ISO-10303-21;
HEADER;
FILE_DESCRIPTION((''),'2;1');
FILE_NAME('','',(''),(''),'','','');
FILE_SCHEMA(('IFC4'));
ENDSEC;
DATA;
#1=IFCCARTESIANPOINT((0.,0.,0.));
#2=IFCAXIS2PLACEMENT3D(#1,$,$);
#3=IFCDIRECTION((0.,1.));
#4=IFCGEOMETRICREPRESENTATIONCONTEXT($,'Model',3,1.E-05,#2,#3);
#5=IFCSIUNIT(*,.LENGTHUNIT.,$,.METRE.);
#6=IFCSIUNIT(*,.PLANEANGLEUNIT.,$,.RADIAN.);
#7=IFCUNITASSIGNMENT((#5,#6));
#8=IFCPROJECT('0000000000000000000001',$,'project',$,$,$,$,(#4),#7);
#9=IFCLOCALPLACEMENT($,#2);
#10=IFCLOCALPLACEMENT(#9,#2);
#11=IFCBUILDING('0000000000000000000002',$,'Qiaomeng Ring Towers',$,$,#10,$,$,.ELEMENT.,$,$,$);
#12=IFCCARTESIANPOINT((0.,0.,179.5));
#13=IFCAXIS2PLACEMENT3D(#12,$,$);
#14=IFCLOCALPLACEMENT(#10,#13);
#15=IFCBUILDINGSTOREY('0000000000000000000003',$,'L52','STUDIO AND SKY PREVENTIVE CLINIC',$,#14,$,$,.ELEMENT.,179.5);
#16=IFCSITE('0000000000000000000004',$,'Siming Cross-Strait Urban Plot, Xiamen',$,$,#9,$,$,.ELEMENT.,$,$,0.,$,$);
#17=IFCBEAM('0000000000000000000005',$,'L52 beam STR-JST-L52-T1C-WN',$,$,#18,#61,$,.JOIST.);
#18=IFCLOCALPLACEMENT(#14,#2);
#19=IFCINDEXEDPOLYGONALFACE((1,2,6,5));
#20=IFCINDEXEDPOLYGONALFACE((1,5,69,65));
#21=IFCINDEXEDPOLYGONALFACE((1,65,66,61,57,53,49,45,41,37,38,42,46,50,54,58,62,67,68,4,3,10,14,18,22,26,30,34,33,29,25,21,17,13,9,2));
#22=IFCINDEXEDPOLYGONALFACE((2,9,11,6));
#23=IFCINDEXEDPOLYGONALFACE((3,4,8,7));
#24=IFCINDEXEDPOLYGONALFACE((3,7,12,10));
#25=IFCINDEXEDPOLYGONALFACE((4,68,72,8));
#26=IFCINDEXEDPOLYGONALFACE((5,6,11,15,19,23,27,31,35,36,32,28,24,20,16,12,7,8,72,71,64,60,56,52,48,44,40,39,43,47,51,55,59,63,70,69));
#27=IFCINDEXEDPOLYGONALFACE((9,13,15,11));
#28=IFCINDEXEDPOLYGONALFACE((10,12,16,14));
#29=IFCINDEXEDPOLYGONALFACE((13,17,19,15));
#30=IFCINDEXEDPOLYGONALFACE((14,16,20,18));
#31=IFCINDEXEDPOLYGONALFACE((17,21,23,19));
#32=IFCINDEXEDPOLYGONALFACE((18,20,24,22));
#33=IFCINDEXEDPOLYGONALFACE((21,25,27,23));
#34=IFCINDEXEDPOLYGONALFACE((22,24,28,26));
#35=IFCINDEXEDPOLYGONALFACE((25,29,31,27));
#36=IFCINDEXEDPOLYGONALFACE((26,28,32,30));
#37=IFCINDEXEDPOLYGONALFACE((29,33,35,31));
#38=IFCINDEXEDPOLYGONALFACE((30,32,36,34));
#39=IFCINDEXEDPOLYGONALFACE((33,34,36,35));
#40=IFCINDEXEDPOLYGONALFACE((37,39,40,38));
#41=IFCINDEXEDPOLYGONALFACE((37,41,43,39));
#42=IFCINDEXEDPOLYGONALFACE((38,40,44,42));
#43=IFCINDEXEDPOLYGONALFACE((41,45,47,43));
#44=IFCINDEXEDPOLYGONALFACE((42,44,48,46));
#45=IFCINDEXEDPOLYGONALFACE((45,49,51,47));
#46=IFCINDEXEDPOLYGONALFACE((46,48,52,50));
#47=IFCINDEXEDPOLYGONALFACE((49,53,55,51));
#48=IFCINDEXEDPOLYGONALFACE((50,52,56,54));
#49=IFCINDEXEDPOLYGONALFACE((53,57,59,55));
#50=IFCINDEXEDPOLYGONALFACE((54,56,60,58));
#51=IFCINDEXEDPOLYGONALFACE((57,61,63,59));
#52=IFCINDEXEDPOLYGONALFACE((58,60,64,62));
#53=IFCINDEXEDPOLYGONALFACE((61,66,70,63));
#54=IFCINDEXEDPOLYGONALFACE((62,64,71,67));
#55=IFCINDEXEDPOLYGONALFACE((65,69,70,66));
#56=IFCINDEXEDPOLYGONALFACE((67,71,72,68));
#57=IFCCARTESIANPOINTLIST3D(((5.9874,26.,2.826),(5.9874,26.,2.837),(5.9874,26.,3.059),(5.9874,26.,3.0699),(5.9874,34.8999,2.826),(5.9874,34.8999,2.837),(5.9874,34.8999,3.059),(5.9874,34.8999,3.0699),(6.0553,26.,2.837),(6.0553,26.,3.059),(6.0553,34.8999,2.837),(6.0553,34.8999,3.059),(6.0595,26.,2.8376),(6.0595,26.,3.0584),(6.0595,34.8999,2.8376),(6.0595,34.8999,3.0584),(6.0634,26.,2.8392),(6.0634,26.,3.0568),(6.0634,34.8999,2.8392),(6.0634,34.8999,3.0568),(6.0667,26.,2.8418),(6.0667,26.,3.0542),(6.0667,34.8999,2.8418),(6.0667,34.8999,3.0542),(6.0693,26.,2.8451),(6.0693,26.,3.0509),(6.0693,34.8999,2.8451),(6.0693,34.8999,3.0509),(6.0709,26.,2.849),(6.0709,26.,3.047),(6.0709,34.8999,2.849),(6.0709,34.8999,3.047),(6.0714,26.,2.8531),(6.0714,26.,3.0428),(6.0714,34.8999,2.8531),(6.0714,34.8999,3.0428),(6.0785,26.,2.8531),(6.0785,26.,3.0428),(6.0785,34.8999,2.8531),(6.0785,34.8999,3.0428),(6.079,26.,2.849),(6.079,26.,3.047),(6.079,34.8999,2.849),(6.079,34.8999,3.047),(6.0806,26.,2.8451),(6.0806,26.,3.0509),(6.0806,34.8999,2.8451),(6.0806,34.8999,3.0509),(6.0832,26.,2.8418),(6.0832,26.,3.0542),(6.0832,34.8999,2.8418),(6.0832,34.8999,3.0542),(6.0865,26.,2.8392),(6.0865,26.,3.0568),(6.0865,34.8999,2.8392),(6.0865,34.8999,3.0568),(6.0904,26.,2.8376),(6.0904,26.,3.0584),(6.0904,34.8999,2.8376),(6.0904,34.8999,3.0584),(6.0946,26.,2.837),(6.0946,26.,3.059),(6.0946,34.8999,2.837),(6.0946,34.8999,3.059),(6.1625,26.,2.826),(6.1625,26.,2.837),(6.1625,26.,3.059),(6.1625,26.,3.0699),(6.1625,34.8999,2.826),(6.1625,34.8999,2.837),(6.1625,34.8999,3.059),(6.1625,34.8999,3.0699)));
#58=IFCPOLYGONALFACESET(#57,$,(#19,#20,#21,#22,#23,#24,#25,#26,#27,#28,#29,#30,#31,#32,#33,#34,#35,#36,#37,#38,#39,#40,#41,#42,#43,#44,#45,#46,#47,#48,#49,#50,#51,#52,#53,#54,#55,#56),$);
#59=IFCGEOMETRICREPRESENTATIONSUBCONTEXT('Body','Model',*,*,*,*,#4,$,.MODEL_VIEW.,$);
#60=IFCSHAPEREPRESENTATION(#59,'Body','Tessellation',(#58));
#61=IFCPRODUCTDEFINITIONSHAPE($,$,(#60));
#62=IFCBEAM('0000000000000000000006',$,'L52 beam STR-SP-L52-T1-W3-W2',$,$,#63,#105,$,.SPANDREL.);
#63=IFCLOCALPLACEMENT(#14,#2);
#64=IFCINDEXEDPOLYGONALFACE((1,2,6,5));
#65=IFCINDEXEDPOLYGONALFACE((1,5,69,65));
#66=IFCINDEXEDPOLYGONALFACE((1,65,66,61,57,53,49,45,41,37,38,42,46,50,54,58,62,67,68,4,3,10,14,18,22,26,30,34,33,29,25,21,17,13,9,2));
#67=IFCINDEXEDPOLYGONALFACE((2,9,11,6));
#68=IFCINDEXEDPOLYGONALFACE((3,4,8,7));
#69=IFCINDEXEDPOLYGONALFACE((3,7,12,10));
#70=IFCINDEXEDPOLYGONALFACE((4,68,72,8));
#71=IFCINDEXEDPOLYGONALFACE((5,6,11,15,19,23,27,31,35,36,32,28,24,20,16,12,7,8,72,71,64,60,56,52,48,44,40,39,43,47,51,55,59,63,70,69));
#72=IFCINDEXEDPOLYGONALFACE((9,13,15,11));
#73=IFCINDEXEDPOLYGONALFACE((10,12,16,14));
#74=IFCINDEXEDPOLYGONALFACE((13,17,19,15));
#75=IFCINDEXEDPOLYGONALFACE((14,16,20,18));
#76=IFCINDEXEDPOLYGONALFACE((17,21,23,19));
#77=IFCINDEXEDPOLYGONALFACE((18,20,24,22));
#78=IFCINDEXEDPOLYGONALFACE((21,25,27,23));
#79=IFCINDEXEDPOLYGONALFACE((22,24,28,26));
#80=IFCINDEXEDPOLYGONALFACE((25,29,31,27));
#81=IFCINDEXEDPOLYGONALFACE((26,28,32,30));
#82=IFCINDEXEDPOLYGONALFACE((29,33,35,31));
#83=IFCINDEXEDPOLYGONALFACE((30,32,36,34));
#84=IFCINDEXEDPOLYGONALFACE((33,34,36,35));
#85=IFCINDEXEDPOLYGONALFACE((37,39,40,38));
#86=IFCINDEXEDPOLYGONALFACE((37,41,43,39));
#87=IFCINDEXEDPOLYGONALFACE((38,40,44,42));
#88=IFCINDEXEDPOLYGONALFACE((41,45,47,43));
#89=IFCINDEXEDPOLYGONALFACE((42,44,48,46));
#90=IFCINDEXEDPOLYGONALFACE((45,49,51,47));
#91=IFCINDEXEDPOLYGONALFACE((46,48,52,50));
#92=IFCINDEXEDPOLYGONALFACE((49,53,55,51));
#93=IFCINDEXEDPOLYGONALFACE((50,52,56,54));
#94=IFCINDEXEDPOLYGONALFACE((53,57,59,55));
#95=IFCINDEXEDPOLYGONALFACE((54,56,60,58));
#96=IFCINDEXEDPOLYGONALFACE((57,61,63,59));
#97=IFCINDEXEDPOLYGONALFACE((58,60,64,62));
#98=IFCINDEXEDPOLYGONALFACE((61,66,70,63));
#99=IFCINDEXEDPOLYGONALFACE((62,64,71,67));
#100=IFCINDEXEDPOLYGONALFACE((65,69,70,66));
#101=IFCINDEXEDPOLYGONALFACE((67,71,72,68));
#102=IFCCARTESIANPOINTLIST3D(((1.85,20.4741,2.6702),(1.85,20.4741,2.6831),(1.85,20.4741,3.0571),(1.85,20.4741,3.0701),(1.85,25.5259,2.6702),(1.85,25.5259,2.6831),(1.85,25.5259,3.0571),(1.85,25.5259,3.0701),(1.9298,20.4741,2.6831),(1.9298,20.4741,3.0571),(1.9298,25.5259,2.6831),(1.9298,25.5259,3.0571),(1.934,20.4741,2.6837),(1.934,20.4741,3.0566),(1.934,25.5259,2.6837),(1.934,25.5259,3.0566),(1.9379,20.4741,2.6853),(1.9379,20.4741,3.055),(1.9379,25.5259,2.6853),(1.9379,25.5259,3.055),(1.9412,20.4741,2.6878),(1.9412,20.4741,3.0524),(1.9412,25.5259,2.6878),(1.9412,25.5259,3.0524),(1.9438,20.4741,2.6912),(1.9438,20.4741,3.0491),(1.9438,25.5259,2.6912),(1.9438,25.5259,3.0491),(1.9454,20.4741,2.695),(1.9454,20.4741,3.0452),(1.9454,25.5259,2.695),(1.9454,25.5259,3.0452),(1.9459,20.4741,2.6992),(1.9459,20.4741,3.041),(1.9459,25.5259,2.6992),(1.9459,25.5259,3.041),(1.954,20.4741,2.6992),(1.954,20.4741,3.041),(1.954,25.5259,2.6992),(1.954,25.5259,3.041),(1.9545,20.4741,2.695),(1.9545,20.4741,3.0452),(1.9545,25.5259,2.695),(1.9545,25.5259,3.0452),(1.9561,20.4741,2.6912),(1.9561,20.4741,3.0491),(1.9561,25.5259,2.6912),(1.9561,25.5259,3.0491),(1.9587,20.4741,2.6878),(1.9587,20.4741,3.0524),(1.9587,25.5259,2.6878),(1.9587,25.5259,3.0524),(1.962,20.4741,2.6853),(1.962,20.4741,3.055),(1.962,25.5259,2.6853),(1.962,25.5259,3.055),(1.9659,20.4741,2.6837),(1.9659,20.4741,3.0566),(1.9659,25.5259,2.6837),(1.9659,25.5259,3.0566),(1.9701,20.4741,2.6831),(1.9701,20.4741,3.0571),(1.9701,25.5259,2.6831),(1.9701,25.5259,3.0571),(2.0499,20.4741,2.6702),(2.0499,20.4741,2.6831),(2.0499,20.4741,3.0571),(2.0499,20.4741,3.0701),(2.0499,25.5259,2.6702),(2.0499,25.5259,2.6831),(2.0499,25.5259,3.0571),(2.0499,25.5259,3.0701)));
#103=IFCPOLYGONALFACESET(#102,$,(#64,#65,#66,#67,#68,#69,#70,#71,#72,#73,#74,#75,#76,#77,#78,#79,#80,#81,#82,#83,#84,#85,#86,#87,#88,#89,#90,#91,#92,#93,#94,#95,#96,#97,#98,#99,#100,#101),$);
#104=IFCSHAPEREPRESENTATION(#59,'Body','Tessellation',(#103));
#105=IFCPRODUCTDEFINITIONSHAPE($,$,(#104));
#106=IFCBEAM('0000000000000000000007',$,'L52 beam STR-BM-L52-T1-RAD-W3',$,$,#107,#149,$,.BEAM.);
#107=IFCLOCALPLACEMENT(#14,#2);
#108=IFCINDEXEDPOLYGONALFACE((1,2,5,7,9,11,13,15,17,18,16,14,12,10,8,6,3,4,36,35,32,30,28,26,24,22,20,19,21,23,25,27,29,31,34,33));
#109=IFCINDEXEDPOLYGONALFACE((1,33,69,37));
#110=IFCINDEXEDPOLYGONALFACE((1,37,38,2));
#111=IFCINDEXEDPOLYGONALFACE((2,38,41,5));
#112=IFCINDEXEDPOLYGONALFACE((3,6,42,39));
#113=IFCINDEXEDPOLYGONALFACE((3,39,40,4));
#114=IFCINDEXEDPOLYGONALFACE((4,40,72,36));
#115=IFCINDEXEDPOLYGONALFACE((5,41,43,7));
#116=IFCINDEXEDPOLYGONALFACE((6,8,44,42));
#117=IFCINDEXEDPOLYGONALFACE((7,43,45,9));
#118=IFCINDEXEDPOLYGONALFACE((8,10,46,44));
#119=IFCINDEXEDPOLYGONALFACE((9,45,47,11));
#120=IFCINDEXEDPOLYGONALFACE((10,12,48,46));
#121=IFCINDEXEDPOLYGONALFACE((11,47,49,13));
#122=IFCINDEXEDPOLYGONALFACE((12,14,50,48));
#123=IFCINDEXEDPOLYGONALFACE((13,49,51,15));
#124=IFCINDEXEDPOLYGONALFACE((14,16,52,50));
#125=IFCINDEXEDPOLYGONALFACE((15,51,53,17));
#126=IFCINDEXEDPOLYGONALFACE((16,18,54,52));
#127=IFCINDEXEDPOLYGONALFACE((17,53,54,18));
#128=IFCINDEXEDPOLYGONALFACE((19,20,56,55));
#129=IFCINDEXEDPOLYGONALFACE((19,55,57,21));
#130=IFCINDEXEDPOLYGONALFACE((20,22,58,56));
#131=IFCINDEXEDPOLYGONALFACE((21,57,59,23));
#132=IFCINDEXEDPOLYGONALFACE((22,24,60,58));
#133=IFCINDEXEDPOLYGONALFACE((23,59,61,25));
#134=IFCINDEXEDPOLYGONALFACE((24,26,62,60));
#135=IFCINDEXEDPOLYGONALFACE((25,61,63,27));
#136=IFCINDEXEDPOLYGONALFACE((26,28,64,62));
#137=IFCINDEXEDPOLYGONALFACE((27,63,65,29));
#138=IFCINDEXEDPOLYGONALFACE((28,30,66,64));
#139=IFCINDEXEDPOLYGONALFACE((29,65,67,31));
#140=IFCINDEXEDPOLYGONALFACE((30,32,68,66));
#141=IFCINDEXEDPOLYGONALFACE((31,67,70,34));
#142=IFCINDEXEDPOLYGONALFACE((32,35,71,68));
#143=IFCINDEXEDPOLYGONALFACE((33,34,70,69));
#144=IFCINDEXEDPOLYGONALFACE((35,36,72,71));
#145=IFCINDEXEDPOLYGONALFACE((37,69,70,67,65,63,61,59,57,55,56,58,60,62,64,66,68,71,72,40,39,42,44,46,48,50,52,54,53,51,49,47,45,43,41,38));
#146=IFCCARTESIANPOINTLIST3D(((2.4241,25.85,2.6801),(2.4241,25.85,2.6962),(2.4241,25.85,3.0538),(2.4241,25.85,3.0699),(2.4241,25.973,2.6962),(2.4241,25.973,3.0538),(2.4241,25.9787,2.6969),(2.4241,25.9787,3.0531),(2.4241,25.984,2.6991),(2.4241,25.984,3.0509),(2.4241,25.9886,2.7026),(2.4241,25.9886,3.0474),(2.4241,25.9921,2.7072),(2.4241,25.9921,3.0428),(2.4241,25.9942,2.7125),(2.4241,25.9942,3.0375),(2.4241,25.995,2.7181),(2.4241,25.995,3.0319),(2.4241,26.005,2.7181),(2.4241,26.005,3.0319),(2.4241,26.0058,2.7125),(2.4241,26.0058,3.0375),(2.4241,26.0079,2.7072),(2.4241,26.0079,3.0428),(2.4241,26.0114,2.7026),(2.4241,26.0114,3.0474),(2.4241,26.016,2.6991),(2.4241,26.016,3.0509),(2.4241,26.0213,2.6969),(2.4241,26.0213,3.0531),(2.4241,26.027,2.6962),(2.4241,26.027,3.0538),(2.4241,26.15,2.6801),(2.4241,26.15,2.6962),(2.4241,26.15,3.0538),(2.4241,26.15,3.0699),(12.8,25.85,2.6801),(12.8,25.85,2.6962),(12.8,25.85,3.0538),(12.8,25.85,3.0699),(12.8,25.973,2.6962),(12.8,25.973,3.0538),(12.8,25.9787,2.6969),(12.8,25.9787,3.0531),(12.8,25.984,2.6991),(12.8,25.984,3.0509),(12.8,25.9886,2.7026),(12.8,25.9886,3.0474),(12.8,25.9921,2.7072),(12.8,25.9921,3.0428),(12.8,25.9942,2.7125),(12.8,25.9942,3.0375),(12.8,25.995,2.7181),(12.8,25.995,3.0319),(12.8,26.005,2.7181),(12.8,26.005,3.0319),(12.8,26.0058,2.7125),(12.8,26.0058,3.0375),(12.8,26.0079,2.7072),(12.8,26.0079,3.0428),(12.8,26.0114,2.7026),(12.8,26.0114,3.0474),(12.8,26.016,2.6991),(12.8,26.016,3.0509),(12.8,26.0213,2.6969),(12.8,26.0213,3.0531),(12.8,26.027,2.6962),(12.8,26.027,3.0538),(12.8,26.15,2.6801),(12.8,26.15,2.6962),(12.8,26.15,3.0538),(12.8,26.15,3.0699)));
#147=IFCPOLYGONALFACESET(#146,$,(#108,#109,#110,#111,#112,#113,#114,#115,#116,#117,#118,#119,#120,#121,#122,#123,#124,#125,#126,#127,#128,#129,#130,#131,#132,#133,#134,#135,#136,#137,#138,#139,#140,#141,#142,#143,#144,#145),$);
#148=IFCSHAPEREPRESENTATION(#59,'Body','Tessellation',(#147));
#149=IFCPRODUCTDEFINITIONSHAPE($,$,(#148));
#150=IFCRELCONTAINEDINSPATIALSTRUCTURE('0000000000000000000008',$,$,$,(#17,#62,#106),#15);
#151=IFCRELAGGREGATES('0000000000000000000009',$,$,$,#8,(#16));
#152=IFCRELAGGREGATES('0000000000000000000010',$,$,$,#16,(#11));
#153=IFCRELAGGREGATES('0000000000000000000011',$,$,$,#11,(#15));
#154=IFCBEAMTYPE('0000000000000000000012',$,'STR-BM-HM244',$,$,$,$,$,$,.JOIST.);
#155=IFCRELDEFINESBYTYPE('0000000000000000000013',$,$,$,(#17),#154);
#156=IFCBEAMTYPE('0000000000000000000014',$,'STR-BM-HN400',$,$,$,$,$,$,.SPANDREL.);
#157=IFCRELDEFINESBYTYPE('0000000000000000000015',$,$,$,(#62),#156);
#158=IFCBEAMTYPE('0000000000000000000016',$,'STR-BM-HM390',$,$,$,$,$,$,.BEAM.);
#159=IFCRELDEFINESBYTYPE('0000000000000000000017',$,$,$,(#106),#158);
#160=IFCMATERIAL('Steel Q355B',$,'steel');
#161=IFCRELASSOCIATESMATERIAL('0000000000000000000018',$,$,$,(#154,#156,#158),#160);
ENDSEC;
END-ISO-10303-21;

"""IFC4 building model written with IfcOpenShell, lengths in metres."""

from ifc_helpers import new_model, si_unit, direction, frame, origin, origin_2d, place, context, subcontext, project, spatial, i_section, extrude, source, transform, mapped, material, material_profile, profile_set, type_object, element, save


model = new_model("IFC4")

# Units and contexts
model_context = context("Model", 3, precision=1e-05, world=origin(), true_north=direction((0.0, 1.0)))
body_context = subcontext(model_context, "Body", "Model", "MODEL_VIEW")
ifc_project = project(units=[si_unit("LENGTHUNIT", "METRE"), si_unit("PLANEANGLEUNIT", "RADIAN")], contexts=[model_context])

# Site, building, storey
site_placement = place(None, origin())
site = spatial("IfcSite", under=ifc_project, at=site_placement, Name="Siming Cross-Strait Urban Plot, Xiamen", CompositionType="ELEMENT", RefElevation=0.0)
building_placement = place(site_placement, origin())
building = spatial("IfcBuilding", under=site, at=building_placement, Name="Qiaomeng Ring Towers", CompositionType="ELEMENT")
storey_placement = place(building_placement, frame((0.0, 0.0, 179.5)))
storey = spatial("IfcBuildingStorey", under=building, at=storey_placement, Name="L52", Description="STUDIO AND SKY PREVENTIVE CLINIC", CompositionType="ELEMENT", Elevation=179.5)

# Beams
ifc_material_1 = material(Name="Steel Q355B", Category="steel")
ifc_material_profile_1 = material_profile(ifc_material_1, i_section(OverallWidth=0.175, OverallDepth=0.2439, WebThickness=0.0071, FlangeThickness=0.011, FilletRadius=0.0161, at=origin_2d()), Name="HM 244x175x7x11")
ifc_profile_set_1 = profile_set([ifc_material_profile_1], Name="Steel Q355B")
beam_type_1 = type_object("IfcBeamType", Name="STR-BM-HM244", PredefinedType="JOIST", material=ifc_profile_set_1)
shared_shape_1 = source(origin(), body_context, "Body", "SweptSolid", [
    extrude(i_section(OverallWidth=0.175, OverallDepth=0.2439, WebThickness=0.0071, FlangeThickness=0.011, FilletRadius=0.0161, at=origin_2d()), origin(), (0.0, 0.0, 1.0), 8.8999),
])
beam_1_placement = place(storey_placement, frame((6.075, 26.0, 2.948), z_axis=(0.0, 1.0, 0.0), x_axis=(-1.0, 0.0, 0.0)))
element("IfcBeam", 1, at=beam_1_placement, inside=storey, type_object=beam_type_1, Name="L52 beam STR-JST-L52-T1C-WN", PredefinedType="JOIST", context=body_context, shape_type="MappedRepresentation", body=[
    mapped(shared_shape_1, transform((0.0, 0.0, 0.0), x_axis=(1.0, 0.0, 0.0), y_axis=(0.0, 1.0, 0.0), z_axis=(0.0, 0.0, 1.0), scale=1.0)),
])
ifc_material_profile_2 = material_profile(ifc_material_1, i_section(OverallWidth=0.2, OverallDepth=0.3999, WebThickness=0.0081, FlangeThickness=0.0129, FilletRadius=0.0161, at=origin_2d()), Name="HN 400x200x8x13")
ifc_profile_set_2 = profile_set([ifc_material_profile_2], Name="Steel Q355B")
beam_type_2 = type_object("IfcBeamType", Name="STR-BM-HN400", PredefinedType="SPANDREL", material=ifc_profile_set_2)
shared_shape_2 = source(origin(), body_context, "Body", "SweptSolid", [
    extrude(i_section(OverallWidth=0.2, OverallDepth=0.3999, WebThickness=0.0081, FlangeThickness=0.0129, FilletRadius=0.0161, at=origin_2d()), origin(), (0.0, 0.0, 1.0), 5.0518),
])
beam_2_placement = place(storey_placement, frame((1.95, 25.5259, 2.8701), z_axis=(0.0, -1.0, 0.0), x_axis=(1.0, 0.0, 0.0)))
element("IfcBeam", 2, at=beam_2_placement, inside=storey, type_object=beam_type_2, Name="L52 beam STR-SP-L52-T1-W3-W2", PredefinedType="SPANDREL", context=body_context, shape_type="MappedRepresentation", body=[
    mapped(shared_shape_2, transform((0.0, 0.0, 0.0), x_axis=(1.0, 0.0, 0.0), y_axis=(0.0, 1.0, 0.0), z_axis=(0.0, 0.0, 1.0), scale=1.0)),
])
ifc_material_profile_3 = material_profile(ifc_material_1, i_section(OverallWidth=0.3, OverallDepth=0.3899, WebThickness=0.01, FlangeThickness=0.0161, FilletRadius=0.022, at=origin_2d()), Name="HM 390x300x10x16")
ifc_profile_set_3 = profile_set([ifc_material_profile_3], Name="Steel Q355B")
beam_type_3 = type_object("IfcBeamType", Name="STR-BM-HM390", PredefinedType="BEAM", material=ifc_profile_set_3)
shared_shape_3 = source(origin(), body_context, "Body", "SweptSolid", [
    extrude(i_section(OverallWidth=0.3, OverallDepth=0.3899, WebThickness=0.01, FlangeThickness=0.0161, FilletRadius=0.022, at=origin_2d()), origin(), (0.0, 0.0, 1.0), 10.376),
])
beam_3_placement = place(storey_placement, frame((2.4241, 26.0, 2.875), z_axis=(1.0, 0.0, 0.0), x_axis=(0.0, 1.0, 0.0)))
element("IfcBeam", 3, at=beam_3_placement, inside=storey, type_object=beam_type_3, Name="L52 beam STR-BM-L52-T1-RAD-W3", PredefinedType="BEAM", context=body_context, shape_type="MappedRepresentation", body=[
    mapped(shared_shape_3, transform((0.0, 0.0, 0.0), x_axis=(1.0, 0.0, 0.0), y_axis=(0.0, 1.0, 0.0), z_axis=(0.0, 0.0, 1.0), scale=1.0)),
])

save(model, "model.ifc")
